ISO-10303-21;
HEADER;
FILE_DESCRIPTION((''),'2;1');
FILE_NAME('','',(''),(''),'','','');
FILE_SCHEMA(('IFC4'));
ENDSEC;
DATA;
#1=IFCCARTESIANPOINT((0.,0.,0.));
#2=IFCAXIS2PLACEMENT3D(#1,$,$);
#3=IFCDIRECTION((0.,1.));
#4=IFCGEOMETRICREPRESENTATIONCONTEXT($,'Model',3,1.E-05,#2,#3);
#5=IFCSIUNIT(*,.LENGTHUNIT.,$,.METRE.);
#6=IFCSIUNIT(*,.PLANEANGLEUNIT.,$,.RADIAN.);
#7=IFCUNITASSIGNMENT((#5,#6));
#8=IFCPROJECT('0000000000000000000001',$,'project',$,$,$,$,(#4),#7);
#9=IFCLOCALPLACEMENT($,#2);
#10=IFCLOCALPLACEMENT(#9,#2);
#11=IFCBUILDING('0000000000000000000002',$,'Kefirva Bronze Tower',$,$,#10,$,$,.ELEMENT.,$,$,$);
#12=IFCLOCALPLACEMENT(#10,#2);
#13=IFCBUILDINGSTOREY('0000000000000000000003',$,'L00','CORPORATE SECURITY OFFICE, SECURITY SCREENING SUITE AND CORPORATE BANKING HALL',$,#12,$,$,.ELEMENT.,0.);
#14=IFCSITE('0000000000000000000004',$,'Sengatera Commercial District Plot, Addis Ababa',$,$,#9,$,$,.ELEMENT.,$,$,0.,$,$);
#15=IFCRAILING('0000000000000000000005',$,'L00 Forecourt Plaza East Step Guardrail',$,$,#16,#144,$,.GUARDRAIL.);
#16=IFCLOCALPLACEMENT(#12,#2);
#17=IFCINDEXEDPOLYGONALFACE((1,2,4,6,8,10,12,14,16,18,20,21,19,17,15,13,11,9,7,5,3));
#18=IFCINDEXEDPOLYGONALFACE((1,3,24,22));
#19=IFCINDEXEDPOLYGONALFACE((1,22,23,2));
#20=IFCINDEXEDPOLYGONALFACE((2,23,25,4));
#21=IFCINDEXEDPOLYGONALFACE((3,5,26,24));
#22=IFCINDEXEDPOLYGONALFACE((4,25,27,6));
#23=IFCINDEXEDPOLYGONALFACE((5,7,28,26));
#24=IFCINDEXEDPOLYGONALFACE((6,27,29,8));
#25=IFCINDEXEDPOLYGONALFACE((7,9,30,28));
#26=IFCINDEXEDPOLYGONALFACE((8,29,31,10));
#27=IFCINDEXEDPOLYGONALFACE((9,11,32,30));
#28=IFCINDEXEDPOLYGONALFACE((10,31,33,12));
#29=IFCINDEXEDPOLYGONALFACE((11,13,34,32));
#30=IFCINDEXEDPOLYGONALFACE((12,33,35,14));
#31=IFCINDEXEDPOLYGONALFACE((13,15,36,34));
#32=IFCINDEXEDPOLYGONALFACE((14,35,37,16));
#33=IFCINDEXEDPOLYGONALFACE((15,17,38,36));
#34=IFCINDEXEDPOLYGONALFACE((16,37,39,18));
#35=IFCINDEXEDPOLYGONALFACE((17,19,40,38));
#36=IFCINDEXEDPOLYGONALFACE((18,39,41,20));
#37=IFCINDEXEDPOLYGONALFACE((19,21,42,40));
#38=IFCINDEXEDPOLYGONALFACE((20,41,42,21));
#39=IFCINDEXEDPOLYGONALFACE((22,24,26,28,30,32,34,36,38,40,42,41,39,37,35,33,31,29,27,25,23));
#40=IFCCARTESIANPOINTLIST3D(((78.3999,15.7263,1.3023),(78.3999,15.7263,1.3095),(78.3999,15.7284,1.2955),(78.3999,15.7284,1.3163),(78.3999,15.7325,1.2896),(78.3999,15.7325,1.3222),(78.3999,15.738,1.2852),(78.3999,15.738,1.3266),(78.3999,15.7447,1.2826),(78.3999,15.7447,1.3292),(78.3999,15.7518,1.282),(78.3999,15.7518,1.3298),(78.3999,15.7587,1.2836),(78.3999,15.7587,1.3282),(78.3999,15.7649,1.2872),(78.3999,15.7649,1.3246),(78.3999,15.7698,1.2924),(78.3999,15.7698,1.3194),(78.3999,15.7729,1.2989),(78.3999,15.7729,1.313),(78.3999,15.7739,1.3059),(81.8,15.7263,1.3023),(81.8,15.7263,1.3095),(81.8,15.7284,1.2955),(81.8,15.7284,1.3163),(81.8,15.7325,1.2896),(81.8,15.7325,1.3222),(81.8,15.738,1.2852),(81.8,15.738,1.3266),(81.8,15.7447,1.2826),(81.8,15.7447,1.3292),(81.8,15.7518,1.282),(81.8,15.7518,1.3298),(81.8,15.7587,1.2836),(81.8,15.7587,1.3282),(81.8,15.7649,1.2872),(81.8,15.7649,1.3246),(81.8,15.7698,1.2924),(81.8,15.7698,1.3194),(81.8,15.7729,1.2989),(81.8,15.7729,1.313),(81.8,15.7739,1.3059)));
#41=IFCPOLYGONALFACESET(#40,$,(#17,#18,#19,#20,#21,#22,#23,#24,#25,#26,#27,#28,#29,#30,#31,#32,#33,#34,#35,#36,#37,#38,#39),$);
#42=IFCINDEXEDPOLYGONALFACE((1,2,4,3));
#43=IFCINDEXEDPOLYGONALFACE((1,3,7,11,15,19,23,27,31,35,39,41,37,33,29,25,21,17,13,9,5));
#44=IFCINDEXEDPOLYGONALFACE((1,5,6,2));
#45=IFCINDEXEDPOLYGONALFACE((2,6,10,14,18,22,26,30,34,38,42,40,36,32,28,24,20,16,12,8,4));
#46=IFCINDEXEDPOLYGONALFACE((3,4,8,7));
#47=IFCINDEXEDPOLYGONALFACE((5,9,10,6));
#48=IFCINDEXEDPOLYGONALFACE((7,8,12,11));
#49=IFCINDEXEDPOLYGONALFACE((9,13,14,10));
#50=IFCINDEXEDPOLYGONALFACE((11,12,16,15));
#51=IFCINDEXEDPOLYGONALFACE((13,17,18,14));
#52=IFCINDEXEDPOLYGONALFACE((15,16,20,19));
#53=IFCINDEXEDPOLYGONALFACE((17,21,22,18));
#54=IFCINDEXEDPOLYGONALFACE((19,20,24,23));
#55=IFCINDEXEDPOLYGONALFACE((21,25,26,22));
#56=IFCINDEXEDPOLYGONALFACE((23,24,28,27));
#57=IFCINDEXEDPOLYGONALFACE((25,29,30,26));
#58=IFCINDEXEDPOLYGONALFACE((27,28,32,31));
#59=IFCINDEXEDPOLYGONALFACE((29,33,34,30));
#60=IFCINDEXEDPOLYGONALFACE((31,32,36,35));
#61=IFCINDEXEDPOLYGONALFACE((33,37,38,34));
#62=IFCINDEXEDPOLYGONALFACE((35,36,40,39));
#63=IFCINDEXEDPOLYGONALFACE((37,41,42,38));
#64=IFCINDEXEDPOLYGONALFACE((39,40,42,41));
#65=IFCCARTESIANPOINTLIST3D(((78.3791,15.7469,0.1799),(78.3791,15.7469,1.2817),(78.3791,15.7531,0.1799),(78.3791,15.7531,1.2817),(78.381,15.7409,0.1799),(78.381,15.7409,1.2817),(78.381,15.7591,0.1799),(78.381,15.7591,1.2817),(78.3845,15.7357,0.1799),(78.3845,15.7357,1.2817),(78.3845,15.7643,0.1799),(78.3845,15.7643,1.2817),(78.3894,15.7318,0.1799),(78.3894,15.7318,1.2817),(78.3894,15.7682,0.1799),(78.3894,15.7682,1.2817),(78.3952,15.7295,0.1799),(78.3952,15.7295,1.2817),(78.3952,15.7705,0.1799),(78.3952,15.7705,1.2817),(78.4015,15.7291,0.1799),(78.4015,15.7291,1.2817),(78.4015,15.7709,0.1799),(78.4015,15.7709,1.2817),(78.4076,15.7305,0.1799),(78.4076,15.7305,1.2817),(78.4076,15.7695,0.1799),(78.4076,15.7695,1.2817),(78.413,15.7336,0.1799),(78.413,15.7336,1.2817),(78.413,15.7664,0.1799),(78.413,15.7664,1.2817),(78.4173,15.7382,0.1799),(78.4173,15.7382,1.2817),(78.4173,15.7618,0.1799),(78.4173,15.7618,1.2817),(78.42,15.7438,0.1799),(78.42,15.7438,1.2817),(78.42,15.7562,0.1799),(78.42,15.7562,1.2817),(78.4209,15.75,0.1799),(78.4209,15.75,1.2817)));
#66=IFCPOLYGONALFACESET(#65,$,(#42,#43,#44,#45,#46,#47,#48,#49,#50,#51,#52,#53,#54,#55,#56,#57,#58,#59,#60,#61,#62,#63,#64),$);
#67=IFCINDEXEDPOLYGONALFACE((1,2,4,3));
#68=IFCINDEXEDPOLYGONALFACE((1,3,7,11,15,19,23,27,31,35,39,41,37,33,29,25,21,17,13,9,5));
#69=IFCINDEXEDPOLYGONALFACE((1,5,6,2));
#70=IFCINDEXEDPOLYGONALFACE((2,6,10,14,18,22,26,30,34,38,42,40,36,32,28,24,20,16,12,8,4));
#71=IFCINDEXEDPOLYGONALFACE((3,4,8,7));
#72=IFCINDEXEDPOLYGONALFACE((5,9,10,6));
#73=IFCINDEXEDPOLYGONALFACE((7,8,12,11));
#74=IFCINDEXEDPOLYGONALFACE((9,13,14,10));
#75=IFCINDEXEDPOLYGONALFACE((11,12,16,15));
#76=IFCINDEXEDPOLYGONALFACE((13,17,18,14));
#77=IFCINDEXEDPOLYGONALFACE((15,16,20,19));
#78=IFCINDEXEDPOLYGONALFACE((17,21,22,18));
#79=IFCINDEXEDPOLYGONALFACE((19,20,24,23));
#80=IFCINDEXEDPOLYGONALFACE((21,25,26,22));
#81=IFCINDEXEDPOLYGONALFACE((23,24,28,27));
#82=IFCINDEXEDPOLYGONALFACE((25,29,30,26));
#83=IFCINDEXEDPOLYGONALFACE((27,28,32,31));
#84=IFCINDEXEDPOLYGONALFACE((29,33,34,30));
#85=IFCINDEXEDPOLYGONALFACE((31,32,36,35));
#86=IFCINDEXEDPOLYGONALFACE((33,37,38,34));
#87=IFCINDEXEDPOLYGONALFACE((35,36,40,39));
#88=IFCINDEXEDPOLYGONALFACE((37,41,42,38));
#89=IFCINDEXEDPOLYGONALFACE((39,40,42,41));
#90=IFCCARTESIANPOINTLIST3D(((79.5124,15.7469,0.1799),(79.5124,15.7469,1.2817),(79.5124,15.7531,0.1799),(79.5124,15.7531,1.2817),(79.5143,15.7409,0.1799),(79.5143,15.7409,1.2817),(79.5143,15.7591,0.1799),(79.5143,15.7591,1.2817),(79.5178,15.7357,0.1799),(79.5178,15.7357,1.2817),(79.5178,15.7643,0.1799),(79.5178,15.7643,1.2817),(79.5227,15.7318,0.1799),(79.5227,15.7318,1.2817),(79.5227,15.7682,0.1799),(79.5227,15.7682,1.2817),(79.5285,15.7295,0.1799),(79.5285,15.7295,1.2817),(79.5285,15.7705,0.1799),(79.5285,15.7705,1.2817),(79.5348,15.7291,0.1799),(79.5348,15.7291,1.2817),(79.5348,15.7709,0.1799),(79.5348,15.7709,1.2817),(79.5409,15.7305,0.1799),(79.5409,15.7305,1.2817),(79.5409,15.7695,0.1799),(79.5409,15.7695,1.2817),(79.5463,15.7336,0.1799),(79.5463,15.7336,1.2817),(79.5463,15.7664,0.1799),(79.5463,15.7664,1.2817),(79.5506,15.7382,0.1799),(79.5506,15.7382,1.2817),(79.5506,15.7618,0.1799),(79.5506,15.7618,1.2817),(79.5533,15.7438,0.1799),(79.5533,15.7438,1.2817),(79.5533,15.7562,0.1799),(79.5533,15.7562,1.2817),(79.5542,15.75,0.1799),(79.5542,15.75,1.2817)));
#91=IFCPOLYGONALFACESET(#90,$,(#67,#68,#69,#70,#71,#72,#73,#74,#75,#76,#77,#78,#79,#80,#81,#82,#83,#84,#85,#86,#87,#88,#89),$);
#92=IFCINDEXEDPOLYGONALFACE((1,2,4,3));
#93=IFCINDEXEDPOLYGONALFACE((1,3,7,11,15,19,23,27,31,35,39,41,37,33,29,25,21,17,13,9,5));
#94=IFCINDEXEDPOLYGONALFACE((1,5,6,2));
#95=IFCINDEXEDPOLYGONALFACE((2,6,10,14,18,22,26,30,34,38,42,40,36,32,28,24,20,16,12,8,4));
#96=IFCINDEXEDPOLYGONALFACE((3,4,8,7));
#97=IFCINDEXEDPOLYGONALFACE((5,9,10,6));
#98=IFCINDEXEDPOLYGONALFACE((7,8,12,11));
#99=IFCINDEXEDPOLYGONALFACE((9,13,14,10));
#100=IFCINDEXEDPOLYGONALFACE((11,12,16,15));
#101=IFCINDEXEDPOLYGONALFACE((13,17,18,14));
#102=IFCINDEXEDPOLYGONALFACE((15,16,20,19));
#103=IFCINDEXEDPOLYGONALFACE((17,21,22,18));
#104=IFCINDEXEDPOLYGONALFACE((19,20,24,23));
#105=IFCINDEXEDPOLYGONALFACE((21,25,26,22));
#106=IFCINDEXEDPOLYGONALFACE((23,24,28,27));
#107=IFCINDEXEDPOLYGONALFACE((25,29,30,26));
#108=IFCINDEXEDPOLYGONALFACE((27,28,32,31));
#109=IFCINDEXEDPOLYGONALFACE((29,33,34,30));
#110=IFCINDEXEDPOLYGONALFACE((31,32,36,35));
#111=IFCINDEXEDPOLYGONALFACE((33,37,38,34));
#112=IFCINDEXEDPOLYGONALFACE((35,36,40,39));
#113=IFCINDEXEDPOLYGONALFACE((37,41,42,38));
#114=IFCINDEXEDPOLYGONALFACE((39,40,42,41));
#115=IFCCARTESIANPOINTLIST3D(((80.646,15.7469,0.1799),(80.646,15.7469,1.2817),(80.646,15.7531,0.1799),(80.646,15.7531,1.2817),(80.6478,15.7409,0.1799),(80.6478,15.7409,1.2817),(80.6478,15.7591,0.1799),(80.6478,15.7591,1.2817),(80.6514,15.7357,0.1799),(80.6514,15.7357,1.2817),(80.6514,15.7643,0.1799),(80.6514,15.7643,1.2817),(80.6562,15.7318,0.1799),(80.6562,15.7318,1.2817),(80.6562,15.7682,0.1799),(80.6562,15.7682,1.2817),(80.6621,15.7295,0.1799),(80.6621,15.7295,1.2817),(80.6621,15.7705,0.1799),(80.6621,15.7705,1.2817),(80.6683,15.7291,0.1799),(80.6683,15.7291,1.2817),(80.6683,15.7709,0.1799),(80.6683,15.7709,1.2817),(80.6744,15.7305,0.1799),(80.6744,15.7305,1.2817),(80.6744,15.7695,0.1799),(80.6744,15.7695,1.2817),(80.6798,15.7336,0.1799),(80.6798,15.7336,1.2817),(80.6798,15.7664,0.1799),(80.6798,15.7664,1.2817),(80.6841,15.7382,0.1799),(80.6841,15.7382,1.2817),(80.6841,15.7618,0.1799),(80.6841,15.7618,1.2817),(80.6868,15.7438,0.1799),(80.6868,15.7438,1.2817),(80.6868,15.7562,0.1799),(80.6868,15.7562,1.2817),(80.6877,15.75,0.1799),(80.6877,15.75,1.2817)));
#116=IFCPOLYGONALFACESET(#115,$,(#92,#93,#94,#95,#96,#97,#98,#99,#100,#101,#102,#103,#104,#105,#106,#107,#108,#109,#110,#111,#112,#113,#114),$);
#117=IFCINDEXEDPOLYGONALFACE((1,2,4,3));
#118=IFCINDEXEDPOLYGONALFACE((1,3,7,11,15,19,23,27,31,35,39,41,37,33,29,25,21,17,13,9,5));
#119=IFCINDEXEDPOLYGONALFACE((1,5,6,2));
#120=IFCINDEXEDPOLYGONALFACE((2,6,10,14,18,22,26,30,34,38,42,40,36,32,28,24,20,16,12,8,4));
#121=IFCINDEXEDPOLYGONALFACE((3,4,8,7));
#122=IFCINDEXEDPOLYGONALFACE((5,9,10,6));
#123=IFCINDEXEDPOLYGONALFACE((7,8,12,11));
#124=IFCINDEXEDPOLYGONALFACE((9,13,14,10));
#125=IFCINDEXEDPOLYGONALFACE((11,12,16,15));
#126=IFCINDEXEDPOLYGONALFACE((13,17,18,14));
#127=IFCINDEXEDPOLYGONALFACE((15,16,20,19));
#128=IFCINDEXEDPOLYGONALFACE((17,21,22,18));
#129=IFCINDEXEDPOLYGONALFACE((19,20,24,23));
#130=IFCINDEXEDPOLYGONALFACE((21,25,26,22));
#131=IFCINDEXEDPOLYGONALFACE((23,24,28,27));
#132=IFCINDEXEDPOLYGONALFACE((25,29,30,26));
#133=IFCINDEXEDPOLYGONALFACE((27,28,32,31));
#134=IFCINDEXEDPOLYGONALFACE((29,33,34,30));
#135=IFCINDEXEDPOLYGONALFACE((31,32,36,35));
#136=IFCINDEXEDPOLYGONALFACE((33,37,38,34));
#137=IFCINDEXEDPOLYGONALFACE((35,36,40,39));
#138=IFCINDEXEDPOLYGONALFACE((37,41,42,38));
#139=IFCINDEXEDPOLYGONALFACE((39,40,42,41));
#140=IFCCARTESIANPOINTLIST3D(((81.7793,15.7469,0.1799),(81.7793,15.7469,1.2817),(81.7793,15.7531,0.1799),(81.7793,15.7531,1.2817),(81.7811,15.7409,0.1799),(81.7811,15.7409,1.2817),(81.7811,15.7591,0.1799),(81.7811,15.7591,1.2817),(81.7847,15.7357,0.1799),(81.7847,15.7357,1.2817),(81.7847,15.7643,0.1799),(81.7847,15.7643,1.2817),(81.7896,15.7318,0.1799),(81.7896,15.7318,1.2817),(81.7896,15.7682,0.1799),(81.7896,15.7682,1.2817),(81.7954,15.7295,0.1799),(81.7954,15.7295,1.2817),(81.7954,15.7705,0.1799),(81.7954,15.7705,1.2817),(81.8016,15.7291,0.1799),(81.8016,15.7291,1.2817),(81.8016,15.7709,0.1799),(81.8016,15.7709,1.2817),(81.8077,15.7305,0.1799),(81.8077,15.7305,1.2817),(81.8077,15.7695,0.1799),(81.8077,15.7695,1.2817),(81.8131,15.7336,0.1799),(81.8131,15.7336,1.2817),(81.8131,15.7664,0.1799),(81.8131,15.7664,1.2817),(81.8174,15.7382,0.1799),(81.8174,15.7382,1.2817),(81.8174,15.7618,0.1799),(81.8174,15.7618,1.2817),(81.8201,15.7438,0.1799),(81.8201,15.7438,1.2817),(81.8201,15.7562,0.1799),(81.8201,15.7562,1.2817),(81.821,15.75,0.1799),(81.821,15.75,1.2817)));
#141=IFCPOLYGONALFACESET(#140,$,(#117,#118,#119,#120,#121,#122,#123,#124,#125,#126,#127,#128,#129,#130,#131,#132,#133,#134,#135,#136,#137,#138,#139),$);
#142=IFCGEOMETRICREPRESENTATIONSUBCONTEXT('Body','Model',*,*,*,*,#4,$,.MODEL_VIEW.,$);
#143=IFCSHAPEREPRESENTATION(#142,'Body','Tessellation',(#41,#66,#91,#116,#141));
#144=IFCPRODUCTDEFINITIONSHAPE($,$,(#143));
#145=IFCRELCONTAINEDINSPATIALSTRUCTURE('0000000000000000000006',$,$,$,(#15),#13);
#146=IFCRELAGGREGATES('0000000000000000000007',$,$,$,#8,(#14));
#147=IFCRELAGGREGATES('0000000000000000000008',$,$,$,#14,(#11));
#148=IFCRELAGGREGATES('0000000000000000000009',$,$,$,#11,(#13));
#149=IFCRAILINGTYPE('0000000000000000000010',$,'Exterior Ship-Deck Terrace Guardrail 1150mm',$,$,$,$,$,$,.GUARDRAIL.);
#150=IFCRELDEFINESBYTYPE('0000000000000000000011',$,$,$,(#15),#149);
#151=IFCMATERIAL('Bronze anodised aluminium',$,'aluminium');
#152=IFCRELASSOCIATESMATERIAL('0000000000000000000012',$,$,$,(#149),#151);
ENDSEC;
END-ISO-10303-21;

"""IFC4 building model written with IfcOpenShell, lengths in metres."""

from ifc_helpers import new_model, si_unit, direction, frame, origin, origin_2d, place, context, subcontext, project, spatial, circle, extrude, material, type_object, element, save


model = new_model("IFC4")

# Units and contexts
model_context = context("Model", 3, precision=1e-05, world=origin(), true_north=direction((0.0, 1.0)))
body_context = subcontext(model_context, "Body", "Model", "MODEL_VIEW")
ifc_project = project(units=[si_unit("LENGTHUNIT", "METRE"), si_unit("PLANEANGLEUNIT", "RADIAN")], contexts=[model_context])

# Site, building, storey
site_placement = place(None, origin())
site = spatial("IfcSite", under=ifc_project, at=site_placement, Name="Sengatera Commercial District Plot, Addis Ababa", CompositionType="ELEMENT", RefElevation=0.0)
building_placement = place(site_placement, origin())
building = spatial("IfcBuilding", under=site, at=building_placement, Name="Kefirva Bronze Tower", CompositionType="ELEMENT")
storey_placement = place(building_placement, origin())
storey = spatial("IfcBuildingStorey", under=building, at=storey_placement, Name="L00", Description="CORPORATE SECURITY OFFICE, SECURITY SCREENING SUITE AND CORPORATE BANKING HALL", CompositionType="ELEMENT", Elevation=0.0)

# Shared definitions
ifc_material_1 = material(Name="Bronze anodised aluminium", Category="aluminium")

# Railing
railing_type_1 = type_object("IfcRailingType", Name="Exterior Ship-Deck Terrace Guardrail 1150mm", PredefinedType="GUARDRAIL", material=ifc_material_1)
railing_1_placement = place(storey_placement, frame((78.3999, 15.75, 0.1799)))
element("IfcRailing", 1, at=railing_1_placement, inside=storey, type_object=railing_type_1, Name="L00 Forecourt Plaza East Step Guardrail", PredefinedType="GUARDRAIL", context=body_context, shape_type="SweptSolid", body=[
    extrude(circle(Radius=0.0239, at=origin_2d()), frame((0.0, 0.0, 1.126), z_axis=(1.0, 0.0, 0.0), x_axis=(0.0, 1.0, 0.0)), (0.0, 0.0, 1.0), 3.4001),
    extrude(circle(Radius=0.021, at=origin_2d()), origin(), (0.0, 0.0, 1.0), 1.1018),
    extrude(circle(Radius=0.021, at=origin_2d()), frame((1.1333, 0.0, 0.0)), (0.0, 0.0, 1.0), 1.1018),
    extrude(circle(Radius=0.021, at=origin_2d()), frame((2.2668, 0.0, 0.0)), (0.0, 0.0, 1.0), 1.1018),
    extrude(circle(Radius=0.021, at=origin_2d()), frame((3.4001, 0.0, 0.0)), (0.0, 0.0, 1.0), 1.1018),
])

save(model, "model.ifc")
